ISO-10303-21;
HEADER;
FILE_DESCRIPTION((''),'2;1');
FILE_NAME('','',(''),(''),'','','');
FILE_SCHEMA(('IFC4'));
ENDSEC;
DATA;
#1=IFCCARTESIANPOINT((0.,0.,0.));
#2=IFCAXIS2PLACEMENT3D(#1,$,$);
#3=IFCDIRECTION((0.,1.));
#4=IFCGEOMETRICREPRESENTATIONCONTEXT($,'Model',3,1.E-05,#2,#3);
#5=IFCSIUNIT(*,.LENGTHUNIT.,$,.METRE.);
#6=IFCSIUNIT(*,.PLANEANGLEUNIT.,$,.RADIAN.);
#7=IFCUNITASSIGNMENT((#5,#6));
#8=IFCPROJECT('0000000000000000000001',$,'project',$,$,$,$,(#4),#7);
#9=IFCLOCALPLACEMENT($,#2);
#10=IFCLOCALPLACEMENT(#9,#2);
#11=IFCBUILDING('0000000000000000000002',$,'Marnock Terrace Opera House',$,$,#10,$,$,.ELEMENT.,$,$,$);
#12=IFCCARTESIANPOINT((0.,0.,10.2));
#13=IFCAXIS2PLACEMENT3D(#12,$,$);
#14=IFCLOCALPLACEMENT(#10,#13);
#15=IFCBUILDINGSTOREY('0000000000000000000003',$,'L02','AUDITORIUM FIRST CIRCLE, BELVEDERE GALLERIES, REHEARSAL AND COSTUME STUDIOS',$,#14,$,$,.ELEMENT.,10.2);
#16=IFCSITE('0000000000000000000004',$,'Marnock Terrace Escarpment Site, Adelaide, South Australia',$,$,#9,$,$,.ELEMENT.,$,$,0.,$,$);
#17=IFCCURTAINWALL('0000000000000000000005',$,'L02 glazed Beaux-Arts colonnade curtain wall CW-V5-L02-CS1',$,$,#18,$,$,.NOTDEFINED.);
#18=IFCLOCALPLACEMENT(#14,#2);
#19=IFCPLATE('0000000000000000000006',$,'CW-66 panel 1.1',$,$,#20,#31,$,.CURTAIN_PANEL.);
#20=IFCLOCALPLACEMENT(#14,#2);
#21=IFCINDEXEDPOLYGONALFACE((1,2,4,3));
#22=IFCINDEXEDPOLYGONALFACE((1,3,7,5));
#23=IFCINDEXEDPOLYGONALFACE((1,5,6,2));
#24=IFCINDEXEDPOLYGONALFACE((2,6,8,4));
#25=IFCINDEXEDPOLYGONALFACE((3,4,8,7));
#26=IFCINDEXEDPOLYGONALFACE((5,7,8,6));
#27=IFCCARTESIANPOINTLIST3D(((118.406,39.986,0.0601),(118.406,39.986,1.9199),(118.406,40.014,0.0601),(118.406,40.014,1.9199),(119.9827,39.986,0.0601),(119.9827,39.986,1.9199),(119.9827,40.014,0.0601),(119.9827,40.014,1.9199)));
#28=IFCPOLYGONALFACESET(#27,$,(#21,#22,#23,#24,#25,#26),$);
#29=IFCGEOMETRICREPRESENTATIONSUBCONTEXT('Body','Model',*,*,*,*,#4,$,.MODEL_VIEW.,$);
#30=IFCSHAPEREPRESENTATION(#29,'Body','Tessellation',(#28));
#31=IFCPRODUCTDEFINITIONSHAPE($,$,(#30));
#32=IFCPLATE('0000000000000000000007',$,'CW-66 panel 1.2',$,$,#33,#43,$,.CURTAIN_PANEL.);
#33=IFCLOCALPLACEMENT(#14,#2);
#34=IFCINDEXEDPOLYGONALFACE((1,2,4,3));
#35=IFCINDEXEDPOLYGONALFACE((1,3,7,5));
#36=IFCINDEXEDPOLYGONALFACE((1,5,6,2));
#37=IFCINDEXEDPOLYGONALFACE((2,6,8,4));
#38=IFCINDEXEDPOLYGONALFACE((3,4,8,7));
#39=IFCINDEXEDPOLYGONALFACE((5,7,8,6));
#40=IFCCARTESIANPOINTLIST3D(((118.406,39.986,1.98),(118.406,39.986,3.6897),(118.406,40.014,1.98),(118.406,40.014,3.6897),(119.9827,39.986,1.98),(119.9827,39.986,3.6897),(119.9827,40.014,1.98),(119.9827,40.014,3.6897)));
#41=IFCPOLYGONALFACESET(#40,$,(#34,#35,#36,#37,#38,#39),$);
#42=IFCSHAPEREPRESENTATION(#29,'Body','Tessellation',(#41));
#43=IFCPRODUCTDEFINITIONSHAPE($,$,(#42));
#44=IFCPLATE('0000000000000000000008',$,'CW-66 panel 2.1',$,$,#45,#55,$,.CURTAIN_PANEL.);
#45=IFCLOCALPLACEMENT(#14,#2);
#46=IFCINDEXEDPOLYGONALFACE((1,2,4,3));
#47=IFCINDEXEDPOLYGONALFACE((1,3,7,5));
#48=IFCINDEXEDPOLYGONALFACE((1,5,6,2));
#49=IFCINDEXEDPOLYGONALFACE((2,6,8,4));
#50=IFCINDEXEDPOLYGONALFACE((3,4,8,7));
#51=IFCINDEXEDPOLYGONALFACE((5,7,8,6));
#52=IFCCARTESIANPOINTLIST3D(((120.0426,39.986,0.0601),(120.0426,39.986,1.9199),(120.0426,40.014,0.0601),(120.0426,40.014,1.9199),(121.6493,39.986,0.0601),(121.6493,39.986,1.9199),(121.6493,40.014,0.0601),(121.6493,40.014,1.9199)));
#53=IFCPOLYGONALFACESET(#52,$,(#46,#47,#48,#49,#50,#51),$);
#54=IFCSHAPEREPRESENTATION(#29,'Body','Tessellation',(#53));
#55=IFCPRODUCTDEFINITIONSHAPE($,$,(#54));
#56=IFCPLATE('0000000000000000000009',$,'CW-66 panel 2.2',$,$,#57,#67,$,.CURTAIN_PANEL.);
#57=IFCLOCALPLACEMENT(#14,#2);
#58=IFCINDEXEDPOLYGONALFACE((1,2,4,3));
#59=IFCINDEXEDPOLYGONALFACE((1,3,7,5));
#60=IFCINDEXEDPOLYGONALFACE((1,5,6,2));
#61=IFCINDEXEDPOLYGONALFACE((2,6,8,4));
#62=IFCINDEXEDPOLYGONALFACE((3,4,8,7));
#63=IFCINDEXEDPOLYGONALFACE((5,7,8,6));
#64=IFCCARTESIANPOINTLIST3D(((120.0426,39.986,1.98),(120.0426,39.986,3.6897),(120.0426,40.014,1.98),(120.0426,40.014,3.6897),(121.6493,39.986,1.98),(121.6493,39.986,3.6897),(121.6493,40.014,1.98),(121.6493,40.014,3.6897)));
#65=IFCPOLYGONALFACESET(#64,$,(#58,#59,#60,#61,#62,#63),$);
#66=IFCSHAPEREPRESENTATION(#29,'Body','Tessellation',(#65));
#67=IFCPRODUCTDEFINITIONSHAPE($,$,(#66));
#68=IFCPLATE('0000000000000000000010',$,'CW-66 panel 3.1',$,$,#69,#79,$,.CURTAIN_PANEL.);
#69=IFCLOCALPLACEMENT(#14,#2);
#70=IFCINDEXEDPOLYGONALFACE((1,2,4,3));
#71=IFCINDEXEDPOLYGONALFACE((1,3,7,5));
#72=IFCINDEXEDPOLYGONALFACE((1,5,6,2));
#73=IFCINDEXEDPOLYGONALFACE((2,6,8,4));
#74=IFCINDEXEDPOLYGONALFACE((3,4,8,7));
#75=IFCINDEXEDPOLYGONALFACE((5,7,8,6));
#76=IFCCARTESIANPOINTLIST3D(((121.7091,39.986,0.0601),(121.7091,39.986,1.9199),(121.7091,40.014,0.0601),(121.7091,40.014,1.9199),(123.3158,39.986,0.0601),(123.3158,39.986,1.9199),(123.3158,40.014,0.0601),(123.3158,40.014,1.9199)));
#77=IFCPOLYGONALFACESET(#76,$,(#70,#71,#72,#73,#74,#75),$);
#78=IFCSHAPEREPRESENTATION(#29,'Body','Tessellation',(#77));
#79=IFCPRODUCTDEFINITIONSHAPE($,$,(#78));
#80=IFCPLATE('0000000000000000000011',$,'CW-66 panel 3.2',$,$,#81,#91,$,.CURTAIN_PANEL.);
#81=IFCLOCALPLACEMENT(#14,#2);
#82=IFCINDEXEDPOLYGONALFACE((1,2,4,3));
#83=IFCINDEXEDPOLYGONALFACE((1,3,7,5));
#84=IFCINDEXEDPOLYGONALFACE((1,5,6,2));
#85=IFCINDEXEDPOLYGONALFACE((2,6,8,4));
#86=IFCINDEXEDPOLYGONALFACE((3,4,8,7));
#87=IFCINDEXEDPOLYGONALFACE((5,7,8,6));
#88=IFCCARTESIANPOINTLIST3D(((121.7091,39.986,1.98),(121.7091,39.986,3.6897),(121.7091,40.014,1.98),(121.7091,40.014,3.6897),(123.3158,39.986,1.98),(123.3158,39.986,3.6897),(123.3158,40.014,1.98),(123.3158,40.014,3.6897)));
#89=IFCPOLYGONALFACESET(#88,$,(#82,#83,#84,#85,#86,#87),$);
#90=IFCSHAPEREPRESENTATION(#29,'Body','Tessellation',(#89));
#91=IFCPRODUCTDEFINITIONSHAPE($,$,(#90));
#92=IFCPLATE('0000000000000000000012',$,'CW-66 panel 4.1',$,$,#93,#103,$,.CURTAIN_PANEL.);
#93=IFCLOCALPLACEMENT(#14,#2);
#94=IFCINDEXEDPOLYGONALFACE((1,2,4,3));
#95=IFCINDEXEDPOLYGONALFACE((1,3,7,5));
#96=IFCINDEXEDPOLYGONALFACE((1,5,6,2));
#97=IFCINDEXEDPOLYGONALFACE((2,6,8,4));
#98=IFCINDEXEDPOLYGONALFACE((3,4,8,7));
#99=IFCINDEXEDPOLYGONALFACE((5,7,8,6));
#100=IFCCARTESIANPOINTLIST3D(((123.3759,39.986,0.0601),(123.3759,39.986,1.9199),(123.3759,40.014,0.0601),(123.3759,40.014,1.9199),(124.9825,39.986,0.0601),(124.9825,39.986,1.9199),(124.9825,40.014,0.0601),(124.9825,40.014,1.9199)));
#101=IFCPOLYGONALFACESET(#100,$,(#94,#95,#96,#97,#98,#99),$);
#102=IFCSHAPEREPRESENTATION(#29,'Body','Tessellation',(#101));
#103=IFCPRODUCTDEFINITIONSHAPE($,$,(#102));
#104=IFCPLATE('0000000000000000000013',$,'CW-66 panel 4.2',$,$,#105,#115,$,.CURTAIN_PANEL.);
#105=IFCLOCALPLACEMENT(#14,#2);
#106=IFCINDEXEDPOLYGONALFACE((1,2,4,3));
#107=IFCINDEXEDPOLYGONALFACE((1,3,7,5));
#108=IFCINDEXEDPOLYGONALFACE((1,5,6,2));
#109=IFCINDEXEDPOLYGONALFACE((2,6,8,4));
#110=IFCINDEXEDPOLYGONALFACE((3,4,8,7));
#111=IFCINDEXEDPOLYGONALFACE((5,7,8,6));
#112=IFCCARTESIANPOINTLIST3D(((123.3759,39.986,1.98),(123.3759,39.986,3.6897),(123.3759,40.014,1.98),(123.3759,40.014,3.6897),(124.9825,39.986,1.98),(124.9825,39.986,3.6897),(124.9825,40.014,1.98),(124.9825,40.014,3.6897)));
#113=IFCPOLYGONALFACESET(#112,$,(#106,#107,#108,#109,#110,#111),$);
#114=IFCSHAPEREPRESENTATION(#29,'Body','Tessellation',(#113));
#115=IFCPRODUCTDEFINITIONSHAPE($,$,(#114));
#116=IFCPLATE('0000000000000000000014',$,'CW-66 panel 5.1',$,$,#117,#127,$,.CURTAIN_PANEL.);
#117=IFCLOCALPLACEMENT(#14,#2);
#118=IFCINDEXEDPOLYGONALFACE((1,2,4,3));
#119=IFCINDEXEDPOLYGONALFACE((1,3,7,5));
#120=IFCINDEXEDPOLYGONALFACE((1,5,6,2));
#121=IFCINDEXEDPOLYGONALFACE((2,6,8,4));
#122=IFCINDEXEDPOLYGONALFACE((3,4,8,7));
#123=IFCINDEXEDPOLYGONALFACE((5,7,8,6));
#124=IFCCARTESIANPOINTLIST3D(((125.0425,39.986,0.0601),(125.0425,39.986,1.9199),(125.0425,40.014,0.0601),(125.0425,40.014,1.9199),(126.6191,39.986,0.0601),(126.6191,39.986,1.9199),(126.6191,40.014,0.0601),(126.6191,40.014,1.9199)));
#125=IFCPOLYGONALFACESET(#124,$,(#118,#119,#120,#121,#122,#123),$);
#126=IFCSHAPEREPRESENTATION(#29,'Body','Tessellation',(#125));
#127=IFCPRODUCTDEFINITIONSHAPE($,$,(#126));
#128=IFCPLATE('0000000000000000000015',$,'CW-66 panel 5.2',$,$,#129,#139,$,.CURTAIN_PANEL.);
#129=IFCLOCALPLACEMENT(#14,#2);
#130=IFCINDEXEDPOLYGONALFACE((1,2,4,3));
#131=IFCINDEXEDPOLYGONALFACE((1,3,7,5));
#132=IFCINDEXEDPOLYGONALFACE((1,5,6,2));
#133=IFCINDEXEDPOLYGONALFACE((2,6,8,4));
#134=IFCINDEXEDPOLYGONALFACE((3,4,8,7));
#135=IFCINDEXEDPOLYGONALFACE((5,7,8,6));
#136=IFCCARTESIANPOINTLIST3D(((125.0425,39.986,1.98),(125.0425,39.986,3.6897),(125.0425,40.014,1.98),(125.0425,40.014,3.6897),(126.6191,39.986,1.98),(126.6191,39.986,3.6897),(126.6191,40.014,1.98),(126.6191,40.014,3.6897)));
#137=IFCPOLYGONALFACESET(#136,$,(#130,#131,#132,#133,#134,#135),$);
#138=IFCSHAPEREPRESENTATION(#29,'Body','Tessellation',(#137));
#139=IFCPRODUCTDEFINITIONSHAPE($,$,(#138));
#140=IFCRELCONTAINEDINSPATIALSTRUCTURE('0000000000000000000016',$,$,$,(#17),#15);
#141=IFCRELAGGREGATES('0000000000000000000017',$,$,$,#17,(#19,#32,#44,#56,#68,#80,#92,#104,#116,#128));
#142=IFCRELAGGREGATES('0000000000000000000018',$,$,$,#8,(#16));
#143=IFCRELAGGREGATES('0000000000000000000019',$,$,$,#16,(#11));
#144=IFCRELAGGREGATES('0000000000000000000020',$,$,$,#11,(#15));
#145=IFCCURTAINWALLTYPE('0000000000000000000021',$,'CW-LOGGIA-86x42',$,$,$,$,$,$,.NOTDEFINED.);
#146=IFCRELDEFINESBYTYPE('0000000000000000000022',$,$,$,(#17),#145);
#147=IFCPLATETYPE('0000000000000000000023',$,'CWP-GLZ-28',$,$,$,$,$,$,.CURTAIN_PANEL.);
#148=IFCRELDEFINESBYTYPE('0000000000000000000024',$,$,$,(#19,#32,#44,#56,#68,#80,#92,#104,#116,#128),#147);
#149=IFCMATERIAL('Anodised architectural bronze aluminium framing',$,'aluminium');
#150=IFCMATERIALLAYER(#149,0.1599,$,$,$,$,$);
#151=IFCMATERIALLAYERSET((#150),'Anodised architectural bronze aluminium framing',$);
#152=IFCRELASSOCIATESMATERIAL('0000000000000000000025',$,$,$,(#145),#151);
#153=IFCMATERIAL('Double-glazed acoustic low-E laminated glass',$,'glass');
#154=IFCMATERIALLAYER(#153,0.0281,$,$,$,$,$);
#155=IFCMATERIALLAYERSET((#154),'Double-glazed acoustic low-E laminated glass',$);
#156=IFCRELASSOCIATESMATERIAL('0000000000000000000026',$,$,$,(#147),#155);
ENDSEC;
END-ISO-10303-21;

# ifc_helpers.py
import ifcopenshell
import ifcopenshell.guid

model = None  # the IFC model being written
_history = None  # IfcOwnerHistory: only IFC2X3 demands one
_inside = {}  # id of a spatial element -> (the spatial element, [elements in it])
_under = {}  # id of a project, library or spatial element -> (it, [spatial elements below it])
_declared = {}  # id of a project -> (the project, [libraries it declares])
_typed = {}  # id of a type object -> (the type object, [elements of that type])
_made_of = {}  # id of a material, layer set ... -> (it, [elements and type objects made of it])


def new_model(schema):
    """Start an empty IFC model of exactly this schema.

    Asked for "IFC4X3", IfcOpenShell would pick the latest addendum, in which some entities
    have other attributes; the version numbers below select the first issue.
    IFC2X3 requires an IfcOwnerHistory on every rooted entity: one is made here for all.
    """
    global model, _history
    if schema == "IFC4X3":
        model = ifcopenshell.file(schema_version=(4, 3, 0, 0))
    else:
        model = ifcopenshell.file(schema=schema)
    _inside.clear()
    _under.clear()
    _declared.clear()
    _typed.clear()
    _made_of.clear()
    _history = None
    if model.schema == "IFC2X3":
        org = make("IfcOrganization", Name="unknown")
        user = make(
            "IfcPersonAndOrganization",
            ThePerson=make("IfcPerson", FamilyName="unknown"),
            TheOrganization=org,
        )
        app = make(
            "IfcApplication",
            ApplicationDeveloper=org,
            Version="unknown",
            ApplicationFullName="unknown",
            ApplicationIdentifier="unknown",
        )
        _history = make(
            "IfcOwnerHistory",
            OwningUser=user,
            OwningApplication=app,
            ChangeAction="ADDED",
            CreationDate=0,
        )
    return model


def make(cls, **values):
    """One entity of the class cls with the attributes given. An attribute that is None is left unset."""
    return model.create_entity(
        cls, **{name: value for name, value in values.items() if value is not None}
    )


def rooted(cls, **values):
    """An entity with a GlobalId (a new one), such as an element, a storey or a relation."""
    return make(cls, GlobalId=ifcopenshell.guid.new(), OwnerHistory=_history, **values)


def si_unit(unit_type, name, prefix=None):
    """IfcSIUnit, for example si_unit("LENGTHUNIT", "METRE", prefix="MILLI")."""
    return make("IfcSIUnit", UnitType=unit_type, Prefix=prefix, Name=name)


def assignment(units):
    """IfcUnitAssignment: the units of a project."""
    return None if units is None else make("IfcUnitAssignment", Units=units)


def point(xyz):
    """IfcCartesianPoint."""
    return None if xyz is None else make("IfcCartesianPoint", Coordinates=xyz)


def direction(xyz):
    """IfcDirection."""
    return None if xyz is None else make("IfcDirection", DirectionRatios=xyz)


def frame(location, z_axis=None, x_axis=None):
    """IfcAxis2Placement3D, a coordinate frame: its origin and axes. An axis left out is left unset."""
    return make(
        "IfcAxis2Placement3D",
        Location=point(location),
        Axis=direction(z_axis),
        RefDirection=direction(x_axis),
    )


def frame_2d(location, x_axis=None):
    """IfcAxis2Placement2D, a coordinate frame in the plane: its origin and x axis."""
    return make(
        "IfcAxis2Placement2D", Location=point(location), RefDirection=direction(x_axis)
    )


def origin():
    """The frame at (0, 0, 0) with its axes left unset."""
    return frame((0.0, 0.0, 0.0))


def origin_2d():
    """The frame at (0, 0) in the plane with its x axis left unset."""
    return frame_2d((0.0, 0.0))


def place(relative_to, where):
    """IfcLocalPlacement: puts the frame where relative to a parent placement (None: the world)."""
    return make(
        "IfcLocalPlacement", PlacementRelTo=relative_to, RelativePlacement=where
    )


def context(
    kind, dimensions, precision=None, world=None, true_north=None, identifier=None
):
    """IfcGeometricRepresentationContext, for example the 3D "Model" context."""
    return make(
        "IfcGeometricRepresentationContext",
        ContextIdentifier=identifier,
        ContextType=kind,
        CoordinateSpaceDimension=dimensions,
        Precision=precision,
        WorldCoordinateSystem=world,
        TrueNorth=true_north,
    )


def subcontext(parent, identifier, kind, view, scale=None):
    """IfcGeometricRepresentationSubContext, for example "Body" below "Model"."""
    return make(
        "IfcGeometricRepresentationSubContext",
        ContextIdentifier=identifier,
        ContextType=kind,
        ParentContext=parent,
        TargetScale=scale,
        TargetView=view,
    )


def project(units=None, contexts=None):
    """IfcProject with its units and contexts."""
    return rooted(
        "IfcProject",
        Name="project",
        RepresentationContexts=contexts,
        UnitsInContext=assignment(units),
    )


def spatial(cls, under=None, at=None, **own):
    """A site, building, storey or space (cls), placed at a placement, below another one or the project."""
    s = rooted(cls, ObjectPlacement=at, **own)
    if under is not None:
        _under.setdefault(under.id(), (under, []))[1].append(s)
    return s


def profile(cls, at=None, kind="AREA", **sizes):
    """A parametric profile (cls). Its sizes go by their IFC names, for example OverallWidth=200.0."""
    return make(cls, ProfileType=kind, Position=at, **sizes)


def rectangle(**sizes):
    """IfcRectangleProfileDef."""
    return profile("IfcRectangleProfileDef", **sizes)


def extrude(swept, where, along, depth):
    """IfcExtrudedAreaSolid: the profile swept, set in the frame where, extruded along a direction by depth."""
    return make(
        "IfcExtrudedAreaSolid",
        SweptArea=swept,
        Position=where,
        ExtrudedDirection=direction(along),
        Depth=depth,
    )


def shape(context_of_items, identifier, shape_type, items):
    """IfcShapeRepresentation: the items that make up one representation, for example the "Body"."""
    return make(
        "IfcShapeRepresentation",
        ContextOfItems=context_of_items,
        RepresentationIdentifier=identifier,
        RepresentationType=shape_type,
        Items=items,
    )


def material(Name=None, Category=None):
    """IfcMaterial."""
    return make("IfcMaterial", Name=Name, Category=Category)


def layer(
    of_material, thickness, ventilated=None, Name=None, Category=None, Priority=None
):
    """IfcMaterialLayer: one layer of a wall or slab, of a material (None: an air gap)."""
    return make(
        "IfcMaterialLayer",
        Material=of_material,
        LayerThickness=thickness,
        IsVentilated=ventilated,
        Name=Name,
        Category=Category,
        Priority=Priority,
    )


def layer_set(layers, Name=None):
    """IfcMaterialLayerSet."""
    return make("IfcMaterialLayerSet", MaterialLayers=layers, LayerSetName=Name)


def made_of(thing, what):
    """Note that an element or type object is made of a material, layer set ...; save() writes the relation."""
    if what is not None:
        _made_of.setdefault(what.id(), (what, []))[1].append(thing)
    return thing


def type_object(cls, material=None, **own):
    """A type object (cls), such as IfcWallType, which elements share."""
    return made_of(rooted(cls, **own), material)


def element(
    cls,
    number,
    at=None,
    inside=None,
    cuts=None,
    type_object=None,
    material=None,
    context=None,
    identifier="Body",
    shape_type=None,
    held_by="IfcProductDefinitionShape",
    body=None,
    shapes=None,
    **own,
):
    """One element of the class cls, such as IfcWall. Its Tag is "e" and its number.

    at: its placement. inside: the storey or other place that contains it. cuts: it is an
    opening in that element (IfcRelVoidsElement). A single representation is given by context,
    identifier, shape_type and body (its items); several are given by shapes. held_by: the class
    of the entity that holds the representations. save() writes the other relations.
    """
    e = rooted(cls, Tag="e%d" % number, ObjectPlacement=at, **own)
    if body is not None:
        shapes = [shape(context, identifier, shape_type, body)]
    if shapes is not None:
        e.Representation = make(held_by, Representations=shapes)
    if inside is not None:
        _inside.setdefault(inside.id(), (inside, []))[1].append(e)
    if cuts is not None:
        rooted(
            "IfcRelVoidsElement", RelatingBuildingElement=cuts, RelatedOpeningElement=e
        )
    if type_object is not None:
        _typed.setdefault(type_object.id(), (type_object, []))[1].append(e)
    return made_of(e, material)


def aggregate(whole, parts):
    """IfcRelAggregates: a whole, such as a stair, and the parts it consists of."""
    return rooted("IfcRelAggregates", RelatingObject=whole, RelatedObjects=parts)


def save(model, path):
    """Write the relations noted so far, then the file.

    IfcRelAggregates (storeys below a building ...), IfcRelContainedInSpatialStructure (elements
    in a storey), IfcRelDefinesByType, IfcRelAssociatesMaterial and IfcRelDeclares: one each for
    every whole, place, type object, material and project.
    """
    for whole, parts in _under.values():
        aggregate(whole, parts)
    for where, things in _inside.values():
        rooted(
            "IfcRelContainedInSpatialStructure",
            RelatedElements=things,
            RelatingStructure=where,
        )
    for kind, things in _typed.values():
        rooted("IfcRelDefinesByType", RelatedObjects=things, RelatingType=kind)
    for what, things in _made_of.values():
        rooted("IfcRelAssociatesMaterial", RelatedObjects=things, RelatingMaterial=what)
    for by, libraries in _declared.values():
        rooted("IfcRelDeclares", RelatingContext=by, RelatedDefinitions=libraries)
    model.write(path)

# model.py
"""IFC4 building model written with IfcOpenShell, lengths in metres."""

from ifc_helpers import new_model, si_unit, direction, frame, origin, origin_2d, place, context, subcontext, project, spatial, rectangle, extrude, material, layer, layer_set, type_object, element, aggregate, save


model = new_model("IFC4")

# Units and contexts
model_context = context("Model", 3, precision=1e-05, world=origin(), true_north=direction((0.0, 1.0)))
body_context = subcontext(model_context, "Body", "Model", "MODEL_VIEW")
ifc_project = project(units=[si_unit("LENGTHUNIT", "METRE"), si_unit("PLANEANGLEUNIT", "RADIAN")], contexts=[model_context])

# Site, building, storey
site_placement = place(None, origin())
site = spatial("IfcSite", under=ifc_project, at=site_placement, Name="Marnock Terrace Escarpment Site, Adelaide, South Australia", CompositionType="ELEMENT", RefElevation=0.0)
building_placement = place(site_placement, origin())
building = spatial("IfcBuilding", under=site, at=building_placement, Name="Marnock Terrace Opera House", CompositionType="ELEMENT")
storey_placement = place(building_placement, frame((0.0, 0.0, 10.2)))
storey = spatial("IfcBuildingStorey", under=building, at=storey_placement, Name="L02", Description="AUDITORIUM FIRST CIRCLE, BELVEDERE GALLERIES, REHEARSAL AND COSTUME STUDIOS", CompositionType="ELEMENT", Elevation=10.2)

# Shared definitions
ifc_material_1 = material(Name="Anodised architectural bronze aluminium framing", Category="aluminium")
ifc_layer_1 = layer(ifc_material_1, 0.1599)
ifc_layer_set_1 = layer_set([ifc_layer_1], Name="Anodised architectural bronze aluminium framing")
curtain_wall_type = type_object("IfcCurtainWallType", Name="CW-LOGGIA-86x42", PredefinedType="NOTDEFINED", material=ifc_layer_set_1)

# Curtain wall, plates
curtain_wall_1_placement = place(storey_placement, origin())
curtain_wall_1 = element("IfcCurtainWall", 1, at=curtain_wall_1_placement, inside=storey, type_object=curtain_wall_type, Name="L02 glazed Beaux-Arts colonnade curtain wall CW-V5-L02-CS1", PredefinedType="NOTDEFINED")
ifc_material_2 = material(Name="Double-glazed acoustic low-E laminated glass", Category="glass")
ifc_layer_2 = layer(ifc_material_2, 0.0281)
ifc_layer_set_2 = layer_set([ifc_layer_2], Name="Double-glazed acoustic low-E laminated glass")
plate_type = type_object("IfcPlateType", Name="CWP-GLZ-28", PredefinedType="CURTAIN_PANEL", material=ifc_layer_set_2)
plate_1_placement = place(storey_placement, frame((119.1943, 40.0, 0.0601), z_axis=(0.0, 0.0, 1.0), x_axis=(1.0, 0.0, 0.0)))
plate_1 = element("IfcPlate", 2, at=plate_1_placement, type_object=plate_type, Name="CW-66 panel 1.1", PredefinedType="CURTAIN_PANEL", context=body_context, shape_type="SweptSolid", body=[
    extrude(rectangle(XDim=1.5767, YDim=0.0281, at=origin_2d()), origin(), (0.0, 0.0, 1.0), 1.8599),
])
plate_2_placement = place(storey_placement, frame((119.1943, 40.0, 1.98), z_axis=(0.0, 0.0, 1.0), x_axis=(1.0, 0.0, 0.0)))
plate_2 = element("IfcPlate", 3, at=plate_2_placement, type_object=plate_type, Name="CW-66 panel 1.2", PredefinedType="CURTAIN_PANEL", context=body_context, shape_type="SweptSolid", body=[
    extrude(rectangle(XDim=1.5767, YDim=0.0281, at=origin_2d()), origin(), (0.0, 0.0, 1.0), 1.7097),
])
plate_3_placement = place(storey_placement, frame((120.8459, 40.0, 0.0601), z_axis=(0.0, 0.0, 1.0), x_axis=(1.0, 0.0, 0.0)))
plate_3 = element("IfcPlate", 4, at=plate_3_placement, type_object=plate_type, Name="CW-66 panel 2.1", PredefinedType="CURTAIN_PANEL", context=body_context, shape_type="SweptSolid", body=[
    extrude(rectangle(XDim=1.6067, YDim=0.0281, at=origin_2d()), origin(), (0.0, 0.0, 1.0), 1.8599),
])
plate_4_placement = place(storey_placement, frame((120.8459, 40.0, 1.98), z_axis=(0.0, 0.0, 1.0), x_axis=(1.0, 0.0, 0.0)))
plate_4 = element("IfcPlate", 5, at=plate_4_placement, type_object=plate_type, Name="CW-66 panel 2.2", PredefinedType="CURTAIN_PANEL", context=body_context, shape_type="SweptSolid", body=[
    extrude(rectangle(XDim=1.6067, YDim=0.0281, at=origin_2d()), origin(), (0.0, 0.0, 1.0), 1.7097),
])
plate_5_placement = place(storey_placement, frame((122.5125, 40.0, 0.0601), z_axis=(0.0, 0.0, 1.0), x_axis=(1.0, 0.0, 0.0)))
plate_5 = element("IfcPlate", 6, at=plate_5_placement, type_object=plate_type, Name="CW-66 panel 3.1", PredefinedType="CURTAIN_PANEL", context=body_context, shape_type="SweptSolid", body=[
    extrude(rectangle(XDim=1.6067, YDim=0.0281, at=origin_2d()), origin(), (0.0, 0.0, 1.0), 1.8599),
])
plate_6_placement = place(storey_placement, frame((122.5125, 40.0, 1.98), z_axis=(0.0, 0.0, 1.0), x_axis=(1.0, 0.0, 0.0)))
plate_6 = element("IfcPlate", 7, at=plate_6_placement, type_object=plate_type, Name="CW-66 panel 3.2", PredefinedType="CURTAIN_PANEL", context=body_context, shape_type="SweptSolid", body=[
    extrude(rectangle(XDim=1.6067, YDim=0.0281, at=origin_2d()), origin(), (0.0, 0.0, 1.0), 1.7097),
])
plate_7_placement = place(storey_placement, frame((124.1792, 40.0, 0.0601), z_axis=(0.0, 0.0, 1.0), x_axis=(1.0, 0.0, 0.0)))
plate_7 = element("IfcPlate", 8, at=plate_7_placement, type_object=plate_type, Name="CW-66 panel 4.1", PredefinedType="CURTAIN_PANEL", context=body_context, shape_type="SweptSolid", body=[
    extrude(rectangle(XDim=1.6067, YDim=0.0281, at=origin_2d()), origin(), (0.0, 0.0, 1.0), 1.8599),
])
plate_8_placement = place(storey_placement, frame((124.1792, 40.0, 1.98), z_axis=(0.0, 0.0, 1.0), x_axis=(1.0, 0.0, 0.0)))
plate_8 = element("IfcPlate", 9, at=plate_8_placement, type_object=plate_type, Name="CW-66 panel 4.2", PredefinedType="CURTAIN_PANEL", context=body_context, shape_type="SweptSolid", body=[
    extrude(rectangle(XDim=1.6067, YDim=0.0281, at=origin_2d()), origin(), (0.0, 0.0, 1.0), 1.7097),
])
plate_9_placement = place(storey_placement, frame((125.8308, 40.0, 0.0601), z_axis=(0.0, 0.0, 1.0), x_axis=(1.0, 0.0, 0.0)))
plate_9 = element("IfcPlate", 10, at=plate_9_placement, type_object=plate_type, Name="CW-66 panel 5.1", PredefinedType="CURTAIN_PANEL", context=body_context, shape_type="SweptSolid", body=[
    extrude(rectangle(XDim=1.5767, YDim=0.0281, at=origin_2d()), origin(), (0.0, 0.0, 1.0), 1.8599),
])
plate_10_placement = place(storey_placement, frame((125.8308, 40.0, 1.98), z_axis=(0.0, 0.0, 1.0), x_axis=(1.0, 0.0, 0.0)))
plate_10 = element("IfcPlate", 11, at=plate_10_placement, type_object=plate_type, Name="CW-66 panel 5.2", PredefinedType="CURTAIN_PANEL", context=body_context, shape_type="SweptSolid", body=[
    extrude(rectangle(XDim=1.5767, YDim=0.0281, at=origin_2d()), origin(), (0.0, 0.0, 1.0), 1.7097),
])
aggregate(curtain_wall_1, [plate_1, plate_2, plate_3, plate_4, plate_5, plate_6, plate_7, plate_8, plate_9, plate_10])

save(model, "model.ifc")
